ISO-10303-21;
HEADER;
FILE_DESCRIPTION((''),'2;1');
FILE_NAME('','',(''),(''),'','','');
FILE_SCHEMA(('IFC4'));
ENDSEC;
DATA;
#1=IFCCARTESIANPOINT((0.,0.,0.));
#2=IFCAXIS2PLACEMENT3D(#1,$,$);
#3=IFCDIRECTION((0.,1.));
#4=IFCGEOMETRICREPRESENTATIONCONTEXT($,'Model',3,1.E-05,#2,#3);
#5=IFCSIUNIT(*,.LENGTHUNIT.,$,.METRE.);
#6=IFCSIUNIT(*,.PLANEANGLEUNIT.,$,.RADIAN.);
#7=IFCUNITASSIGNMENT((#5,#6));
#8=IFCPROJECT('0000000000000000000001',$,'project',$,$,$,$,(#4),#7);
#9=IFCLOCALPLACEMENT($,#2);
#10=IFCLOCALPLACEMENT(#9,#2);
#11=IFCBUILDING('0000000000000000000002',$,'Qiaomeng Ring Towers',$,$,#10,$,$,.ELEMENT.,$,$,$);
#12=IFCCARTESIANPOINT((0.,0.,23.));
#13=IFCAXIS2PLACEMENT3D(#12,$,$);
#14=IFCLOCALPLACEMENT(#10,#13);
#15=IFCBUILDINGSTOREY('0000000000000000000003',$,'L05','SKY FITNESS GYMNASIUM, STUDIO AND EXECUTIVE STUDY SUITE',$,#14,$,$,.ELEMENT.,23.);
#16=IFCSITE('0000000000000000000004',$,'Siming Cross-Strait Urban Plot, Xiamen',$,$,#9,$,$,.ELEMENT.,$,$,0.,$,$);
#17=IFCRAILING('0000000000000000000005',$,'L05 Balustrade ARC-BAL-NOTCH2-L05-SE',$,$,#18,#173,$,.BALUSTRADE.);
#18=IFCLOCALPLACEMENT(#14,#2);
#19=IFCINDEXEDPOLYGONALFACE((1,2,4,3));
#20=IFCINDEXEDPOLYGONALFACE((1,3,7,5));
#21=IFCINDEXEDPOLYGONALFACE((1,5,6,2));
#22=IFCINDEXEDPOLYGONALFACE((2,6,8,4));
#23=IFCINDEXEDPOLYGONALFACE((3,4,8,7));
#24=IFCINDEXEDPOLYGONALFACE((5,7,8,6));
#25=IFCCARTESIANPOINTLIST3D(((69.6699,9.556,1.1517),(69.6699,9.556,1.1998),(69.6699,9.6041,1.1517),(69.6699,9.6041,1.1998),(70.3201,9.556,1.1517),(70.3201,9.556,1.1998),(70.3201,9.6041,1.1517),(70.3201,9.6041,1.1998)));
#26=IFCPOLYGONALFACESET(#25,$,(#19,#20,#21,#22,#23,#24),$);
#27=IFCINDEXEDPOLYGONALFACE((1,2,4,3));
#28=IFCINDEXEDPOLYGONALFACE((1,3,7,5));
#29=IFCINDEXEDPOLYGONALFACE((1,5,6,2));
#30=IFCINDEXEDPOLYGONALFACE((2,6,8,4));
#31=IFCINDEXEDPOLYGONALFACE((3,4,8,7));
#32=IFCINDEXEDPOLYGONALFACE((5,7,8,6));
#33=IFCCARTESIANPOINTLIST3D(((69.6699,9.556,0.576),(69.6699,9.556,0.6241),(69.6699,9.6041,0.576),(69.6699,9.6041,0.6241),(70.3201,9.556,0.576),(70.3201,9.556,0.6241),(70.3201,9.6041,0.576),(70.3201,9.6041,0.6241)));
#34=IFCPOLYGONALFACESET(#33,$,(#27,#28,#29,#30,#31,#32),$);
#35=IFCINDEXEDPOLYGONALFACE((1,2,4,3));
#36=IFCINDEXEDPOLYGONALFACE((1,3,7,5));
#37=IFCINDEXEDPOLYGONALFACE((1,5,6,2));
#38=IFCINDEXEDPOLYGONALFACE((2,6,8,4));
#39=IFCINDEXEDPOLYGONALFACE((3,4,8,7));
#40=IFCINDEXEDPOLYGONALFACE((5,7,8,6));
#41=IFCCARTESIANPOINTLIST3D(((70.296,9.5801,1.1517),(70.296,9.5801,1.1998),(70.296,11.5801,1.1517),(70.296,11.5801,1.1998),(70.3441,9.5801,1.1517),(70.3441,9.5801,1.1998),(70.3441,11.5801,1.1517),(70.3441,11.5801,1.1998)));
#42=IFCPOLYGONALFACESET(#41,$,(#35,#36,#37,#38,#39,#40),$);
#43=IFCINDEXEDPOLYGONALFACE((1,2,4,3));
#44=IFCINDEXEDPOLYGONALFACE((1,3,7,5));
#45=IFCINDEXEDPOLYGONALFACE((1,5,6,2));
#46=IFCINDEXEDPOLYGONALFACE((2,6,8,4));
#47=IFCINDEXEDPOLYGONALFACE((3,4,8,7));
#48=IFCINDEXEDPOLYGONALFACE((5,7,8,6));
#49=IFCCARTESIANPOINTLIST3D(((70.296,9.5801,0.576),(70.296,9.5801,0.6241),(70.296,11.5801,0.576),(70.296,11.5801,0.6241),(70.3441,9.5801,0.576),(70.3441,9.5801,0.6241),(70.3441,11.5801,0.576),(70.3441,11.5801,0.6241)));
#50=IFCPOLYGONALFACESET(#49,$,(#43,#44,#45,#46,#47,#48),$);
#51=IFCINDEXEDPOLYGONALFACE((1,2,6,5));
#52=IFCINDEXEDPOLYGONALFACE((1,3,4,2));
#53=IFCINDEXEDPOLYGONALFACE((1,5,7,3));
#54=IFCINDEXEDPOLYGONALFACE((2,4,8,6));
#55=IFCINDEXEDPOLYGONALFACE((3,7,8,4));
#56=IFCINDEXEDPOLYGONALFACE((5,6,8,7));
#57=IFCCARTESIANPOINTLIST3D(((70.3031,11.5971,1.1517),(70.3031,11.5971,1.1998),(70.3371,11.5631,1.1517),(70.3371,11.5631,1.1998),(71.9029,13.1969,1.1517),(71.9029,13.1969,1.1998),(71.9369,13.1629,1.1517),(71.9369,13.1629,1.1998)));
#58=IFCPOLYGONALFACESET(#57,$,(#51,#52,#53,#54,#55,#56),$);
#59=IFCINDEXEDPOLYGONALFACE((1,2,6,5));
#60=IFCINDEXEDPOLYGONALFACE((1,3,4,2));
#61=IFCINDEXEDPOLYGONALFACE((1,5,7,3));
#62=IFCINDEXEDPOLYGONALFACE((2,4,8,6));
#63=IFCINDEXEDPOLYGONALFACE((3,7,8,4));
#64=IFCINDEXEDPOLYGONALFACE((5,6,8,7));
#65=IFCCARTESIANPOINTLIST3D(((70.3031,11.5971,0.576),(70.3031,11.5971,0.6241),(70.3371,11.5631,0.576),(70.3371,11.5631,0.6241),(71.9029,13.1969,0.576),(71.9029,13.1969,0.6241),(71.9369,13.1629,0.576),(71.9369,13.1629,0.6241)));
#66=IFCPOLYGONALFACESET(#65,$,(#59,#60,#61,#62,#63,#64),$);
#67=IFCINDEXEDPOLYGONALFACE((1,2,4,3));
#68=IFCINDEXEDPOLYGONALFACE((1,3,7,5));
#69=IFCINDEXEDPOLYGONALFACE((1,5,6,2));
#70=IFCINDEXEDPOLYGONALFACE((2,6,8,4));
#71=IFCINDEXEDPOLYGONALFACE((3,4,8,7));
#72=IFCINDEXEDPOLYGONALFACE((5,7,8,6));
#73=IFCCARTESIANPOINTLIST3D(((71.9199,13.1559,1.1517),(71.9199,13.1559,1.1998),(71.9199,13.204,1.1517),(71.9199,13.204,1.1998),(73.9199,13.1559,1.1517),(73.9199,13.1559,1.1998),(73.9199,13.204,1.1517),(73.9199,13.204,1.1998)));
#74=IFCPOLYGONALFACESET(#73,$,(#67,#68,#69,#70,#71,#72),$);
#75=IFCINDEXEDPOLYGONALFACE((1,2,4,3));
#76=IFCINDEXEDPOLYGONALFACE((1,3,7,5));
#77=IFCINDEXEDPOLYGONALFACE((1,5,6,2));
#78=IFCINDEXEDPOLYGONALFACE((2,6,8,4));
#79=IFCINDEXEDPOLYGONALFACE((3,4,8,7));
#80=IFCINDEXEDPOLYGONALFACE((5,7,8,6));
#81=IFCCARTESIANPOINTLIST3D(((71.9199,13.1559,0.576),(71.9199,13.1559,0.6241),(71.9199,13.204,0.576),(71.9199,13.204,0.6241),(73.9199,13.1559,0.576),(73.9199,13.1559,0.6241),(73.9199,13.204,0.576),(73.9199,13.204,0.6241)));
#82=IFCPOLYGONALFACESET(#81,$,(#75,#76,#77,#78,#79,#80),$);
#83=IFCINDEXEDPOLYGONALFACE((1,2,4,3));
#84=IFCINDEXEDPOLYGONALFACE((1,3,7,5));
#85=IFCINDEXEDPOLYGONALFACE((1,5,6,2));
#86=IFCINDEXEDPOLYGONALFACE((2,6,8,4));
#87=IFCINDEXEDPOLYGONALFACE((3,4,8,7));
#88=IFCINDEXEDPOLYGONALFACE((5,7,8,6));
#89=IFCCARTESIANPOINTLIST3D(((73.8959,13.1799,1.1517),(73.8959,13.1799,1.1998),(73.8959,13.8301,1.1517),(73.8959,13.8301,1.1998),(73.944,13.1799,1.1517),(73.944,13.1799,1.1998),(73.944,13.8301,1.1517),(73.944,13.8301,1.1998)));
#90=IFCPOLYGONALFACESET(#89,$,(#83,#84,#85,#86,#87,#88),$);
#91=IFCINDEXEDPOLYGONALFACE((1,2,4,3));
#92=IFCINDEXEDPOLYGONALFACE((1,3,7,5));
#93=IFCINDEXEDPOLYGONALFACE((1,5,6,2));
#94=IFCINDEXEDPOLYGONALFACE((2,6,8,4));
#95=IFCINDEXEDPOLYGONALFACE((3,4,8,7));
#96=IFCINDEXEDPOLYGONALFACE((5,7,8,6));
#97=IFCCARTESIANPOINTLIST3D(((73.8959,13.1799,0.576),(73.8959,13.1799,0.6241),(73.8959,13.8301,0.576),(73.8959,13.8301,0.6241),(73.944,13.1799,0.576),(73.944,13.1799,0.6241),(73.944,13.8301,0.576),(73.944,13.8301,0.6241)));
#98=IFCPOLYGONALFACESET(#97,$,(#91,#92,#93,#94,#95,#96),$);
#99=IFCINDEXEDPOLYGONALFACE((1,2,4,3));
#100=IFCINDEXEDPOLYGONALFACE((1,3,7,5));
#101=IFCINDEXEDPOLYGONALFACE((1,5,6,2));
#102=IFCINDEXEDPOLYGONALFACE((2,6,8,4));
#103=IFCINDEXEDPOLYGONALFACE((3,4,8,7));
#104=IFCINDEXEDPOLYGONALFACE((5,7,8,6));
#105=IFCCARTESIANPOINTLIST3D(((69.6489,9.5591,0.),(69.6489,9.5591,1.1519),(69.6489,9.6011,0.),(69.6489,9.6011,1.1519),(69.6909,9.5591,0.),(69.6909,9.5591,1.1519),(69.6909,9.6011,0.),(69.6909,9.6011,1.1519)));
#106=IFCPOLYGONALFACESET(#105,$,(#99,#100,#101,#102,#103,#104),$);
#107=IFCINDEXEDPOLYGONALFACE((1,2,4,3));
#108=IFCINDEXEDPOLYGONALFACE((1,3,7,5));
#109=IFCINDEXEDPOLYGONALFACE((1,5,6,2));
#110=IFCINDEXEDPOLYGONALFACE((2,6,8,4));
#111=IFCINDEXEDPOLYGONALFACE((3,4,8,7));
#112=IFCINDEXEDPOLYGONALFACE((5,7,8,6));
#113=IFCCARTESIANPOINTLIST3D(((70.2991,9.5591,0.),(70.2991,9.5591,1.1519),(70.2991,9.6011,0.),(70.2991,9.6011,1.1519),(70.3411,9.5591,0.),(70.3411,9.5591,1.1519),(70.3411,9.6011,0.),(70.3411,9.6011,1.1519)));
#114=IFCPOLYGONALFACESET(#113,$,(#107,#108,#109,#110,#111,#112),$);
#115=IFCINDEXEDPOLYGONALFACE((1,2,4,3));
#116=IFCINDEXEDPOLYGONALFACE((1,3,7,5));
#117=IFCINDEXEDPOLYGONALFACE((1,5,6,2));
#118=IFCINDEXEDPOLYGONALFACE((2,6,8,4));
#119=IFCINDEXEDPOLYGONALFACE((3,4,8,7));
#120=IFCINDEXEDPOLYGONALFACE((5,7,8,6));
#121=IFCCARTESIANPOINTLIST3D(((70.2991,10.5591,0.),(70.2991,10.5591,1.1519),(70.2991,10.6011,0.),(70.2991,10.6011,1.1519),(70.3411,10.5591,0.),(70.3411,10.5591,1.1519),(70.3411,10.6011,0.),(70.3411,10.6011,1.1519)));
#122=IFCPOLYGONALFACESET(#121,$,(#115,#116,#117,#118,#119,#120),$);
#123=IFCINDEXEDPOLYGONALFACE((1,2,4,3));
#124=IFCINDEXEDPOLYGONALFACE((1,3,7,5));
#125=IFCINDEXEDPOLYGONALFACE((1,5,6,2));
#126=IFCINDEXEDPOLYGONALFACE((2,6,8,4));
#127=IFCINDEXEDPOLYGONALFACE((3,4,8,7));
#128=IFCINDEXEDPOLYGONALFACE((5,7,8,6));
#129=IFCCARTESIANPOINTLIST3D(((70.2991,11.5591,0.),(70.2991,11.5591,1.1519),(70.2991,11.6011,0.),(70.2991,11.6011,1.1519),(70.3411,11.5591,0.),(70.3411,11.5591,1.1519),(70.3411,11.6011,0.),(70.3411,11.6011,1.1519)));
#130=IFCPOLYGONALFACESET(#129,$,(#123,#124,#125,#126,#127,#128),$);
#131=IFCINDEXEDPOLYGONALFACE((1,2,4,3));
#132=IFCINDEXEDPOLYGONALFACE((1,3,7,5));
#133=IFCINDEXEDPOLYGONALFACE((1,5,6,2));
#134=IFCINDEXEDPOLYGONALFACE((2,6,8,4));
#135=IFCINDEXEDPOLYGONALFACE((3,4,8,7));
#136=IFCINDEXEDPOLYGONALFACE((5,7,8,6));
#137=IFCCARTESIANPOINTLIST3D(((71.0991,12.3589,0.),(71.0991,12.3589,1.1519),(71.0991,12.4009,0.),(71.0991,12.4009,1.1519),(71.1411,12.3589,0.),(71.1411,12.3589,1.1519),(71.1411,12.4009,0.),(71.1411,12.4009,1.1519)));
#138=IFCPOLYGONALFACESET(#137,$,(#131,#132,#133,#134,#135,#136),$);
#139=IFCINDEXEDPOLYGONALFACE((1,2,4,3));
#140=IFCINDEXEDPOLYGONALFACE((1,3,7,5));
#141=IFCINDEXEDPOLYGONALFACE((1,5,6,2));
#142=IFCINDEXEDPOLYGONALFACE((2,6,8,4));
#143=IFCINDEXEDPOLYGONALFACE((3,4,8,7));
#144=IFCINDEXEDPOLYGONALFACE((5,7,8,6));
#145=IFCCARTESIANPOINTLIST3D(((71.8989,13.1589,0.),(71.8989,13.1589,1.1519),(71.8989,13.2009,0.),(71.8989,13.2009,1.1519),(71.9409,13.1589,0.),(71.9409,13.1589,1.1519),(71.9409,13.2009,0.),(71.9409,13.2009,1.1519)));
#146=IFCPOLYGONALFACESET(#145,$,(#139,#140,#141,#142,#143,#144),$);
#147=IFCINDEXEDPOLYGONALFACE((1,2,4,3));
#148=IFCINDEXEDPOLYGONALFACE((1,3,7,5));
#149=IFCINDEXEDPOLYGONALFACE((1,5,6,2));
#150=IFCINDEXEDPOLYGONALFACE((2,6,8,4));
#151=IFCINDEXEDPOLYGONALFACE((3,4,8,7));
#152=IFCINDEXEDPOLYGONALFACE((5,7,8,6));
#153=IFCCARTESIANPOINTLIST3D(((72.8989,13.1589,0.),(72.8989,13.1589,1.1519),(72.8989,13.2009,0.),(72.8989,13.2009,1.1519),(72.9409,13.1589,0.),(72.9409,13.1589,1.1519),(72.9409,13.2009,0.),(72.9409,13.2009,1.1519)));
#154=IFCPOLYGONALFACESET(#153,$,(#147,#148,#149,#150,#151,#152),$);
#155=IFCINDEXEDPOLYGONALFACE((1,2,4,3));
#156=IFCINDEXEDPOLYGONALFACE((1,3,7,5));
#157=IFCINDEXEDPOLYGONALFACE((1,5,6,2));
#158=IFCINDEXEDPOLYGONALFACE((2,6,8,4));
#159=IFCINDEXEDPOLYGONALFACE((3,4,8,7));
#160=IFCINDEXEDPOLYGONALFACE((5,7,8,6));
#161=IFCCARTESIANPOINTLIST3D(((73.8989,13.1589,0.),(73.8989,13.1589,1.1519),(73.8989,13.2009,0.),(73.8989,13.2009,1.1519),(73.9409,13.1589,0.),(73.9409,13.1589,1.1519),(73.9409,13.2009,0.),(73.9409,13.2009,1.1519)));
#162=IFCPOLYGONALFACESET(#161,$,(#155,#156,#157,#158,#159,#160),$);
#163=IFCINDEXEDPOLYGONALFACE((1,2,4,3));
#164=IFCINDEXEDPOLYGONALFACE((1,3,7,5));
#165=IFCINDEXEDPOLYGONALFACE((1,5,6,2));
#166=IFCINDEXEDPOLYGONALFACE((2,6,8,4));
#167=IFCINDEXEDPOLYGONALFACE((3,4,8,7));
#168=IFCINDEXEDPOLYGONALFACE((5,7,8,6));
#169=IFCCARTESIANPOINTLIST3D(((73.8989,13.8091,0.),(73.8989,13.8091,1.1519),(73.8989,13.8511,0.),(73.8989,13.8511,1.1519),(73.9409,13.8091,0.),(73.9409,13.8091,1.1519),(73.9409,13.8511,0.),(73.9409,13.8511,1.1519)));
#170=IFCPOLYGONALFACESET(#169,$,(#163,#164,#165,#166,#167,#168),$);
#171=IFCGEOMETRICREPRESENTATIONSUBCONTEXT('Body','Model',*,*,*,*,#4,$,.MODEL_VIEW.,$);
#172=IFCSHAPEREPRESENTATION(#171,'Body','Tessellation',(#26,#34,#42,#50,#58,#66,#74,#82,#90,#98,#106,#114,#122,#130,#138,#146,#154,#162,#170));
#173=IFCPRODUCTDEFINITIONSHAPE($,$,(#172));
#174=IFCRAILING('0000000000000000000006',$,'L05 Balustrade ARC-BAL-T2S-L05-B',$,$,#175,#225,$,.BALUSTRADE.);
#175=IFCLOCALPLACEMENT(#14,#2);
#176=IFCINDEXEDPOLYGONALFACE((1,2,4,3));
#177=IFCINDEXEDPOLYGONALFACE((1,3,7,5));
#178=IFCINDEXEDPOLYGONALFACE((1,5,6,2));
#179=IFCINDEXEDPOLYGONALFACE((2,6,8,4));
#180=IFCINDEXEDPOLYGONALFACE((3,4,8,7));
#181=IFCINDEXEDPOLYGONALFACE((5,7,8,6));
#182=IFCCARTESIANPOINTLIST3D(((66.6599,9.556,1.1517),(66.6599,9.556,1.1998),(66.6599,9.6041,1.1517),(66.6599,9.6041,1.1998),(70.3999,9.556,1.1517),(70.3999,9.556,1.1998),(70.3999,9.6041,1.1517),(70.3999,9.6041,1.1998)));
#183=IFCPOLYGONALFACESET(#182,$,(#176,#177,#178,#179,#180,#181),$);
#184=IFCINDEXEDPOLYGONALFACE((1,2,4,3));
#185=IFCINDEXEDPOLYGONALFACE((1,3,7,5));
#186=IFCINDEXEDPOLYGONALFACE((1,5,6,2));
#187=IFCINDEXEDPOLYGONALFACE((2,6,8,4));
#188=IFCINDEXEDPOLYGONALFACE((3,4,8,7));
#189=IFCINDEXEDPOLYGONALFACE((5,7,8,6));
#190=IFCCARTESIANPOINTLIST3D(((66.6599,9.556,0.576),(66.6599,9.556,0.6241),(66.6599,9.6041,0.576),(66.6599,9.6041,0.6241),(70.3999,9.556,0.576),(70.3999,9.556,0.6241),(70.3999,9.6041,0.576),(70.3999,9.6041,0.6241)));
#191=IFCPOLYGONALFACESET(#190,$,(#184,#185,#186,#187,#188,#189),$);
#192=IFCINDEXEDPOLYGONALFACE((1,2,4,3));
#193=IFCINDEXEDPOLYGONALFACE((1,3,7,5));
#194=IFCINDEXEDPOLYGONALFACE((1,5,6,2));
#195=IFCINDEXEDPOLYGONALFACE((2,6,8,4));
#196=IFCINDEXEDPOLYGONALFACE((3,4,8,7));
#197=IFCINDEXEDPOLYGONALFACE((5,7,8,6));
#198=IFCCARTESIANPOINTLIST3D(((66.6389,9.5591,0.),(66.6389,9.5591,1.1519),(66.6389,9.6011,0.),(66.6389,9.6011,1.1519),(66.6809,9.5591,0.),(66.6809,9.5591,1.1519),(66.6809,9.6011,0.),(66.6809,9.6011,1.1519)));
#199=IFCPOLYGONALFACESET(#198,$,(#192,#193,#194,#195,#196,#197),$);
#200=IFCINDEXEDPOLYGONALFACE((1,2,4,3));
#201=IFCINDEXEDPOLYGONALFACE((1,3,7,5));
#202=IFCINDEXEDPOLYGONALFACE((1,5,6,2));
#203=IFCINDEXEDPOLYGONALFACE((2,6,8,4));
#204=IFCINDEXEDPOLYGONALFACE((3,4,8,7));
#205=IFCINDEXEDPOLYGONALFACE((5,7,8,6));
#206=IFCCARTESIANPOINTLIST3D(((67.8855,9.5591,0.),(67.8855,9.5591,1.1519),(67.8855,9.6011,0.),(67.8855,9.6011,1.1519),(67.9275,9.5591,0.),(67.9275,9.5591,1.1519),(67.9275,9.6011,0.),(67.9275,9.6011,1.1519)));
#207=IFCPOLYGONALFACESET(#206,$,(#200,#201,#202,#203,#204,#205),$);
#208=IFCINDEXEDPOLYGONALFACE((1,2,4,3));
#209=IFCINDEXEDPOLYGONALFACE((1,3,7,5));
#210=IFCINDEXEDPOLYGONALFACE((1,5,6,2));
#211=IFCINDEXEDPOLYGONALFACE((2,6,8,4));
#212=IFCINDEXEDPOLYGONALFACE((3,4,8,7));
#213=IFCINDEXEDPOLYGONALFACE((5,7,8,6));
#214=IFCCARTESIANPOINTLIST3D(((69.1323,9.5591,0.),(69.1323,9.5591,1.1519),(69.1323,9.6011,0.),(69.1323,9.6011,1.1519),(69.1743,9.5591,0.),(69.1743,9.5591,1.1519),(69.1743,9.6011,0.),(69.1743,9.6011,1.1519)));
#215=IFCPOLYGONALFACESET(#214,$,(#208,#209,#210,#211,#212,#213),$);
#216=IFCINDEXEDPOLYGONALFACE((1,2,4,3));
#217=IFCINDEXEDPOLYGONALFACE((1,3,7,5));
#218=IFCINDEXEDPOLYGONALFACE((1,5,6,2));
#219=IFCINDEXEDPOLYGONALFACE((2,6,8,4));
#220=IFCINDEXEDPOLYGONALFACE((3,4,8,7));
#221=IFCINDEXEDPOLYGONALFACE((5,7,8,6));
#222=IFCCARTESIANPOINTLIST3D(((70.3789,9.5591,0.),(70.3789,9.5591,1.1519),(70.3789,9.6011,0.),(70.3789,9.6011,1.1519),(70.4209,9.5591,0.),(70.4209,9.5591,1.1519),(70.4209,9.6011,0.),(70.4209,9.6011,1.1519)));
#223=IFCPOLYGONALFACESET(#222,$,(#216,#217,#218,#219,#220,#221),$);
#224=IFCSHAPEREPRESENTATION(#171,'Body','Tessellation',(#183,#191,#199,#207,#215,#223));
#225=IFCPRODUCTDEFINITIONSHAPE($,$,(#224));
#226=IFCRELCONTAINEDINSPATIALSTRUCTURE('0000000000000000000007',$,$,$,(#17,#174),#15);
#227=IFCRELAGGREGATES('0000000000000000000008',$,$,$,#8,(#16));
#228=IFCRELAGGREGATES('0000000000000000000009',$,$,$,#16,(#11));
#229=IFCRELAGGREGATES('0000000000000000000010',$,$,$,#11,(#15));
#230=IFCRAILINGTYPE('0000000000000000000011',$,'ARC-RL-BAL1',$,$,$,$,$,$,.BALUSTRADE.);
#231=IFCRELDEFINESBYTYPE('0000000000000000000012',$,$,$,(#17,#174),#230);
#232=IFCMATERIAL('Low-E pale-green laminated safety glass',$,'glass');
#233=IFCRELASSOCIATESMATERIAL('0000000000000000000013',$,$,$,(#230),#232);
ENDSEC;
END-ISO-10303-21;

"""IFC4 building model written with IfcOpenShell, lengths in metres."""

from ifc_helpers import new_model, si_unit, direction, frame, origin, origin_2d, place, context, subcontext, project, spatial, rectangle, extrude, material, type_object, element, save


model = new_model("IFC4")

# Units and contexts
model_context = context("Model", 3, precision=1e-05, world=origin(), true_north=direction((0.0, 1.0)))
body_context = subcontext(model_context, "Body", "Model", "MODEL_VIEW")
ifc_project = project(units=[si_unit("LENGTHUNIT", "METRE"), si_unit("PLANEANGLEUNIT", "RADIAN")], contexts=[model_context])

# Site, building, storey
site_placement = place(None, origin())
site = spatial("IfcSite", under=ifc_project, at=site_placement, Name="Siming Cross-Strait Urban Plot, Xiamen", CompositionType="ELEMENT", RefElevation=0.0)
building_placement = place(site_placement, origin())
building = spatial("IfcBuilding", under=site, at=building_placement, Name="Qiaomeng Ring Towers", CompositionType="ELEMENT")
storey_placement = place(building_placement, frame((0.0, 0.0, 23.0)))
storey = spatial("IfcBuildingStorey", under=building, at=storey_placement, Name="L05", Description="SKY FITNESS GYMNASIUM, STUDIO AND EXECUTIVE STUDY SUITE", CompositionType="ELEMENT", Elevation=23.0)

# Railings
ifc_material_1 = material(Name="Low-E pale-green laminated safety glass", Category="glass")
railing_type = type_object("IfcRailingType", Name="ARC-RL-BAL1", PredefinedType="BALUSTRADE", material=ifc_material_1)
railing_1_placement = place(storey_placement, frame((69.6699, 9.5801, 0.0)))
element("IfcRailing", 1, at=railing_1_placement, inside=storey, type_object=railing_type, Name="L05 Balustrade ARC-BAL-NOTCH2-L05-SE", PredefinedType="BALUSTRADE", context=body_context, shape_type="SweptSolid", body=[
    extrude(rectangle(XDim=0.0481, YDim=0.0481, at=origin_2d()), frame((0.0, 0.0, 1.1758), z_axis=(1.0, 0.0, 0.0), x_axis=(0.0, 1.0, 0.0)), (0.0, 0.0, 1.0), 0.6501),
    extrude(rectangle(XDim=0.0481, YDim=0.0481, at=origin_2d()), frame((0.0, 0.0, 0.6001), z_axis=(1.0, 0.0, 0.0), x_axis=(0.0, 1.0, 0.0)), (0.0, 0.0, 1.0), 0.6501),
    extrude(rectangle(XDim=0.0481, YDim=0.0481, at=origin_2d()), frame((0.6501, 0.0, 1.1758), z_axis=(0.0, 1.0, 0.0), x_axis=(-1.0, 0.0, 0.0)), (0.0, 0.0, 1.0), 2.0),
    extrude(rectangle(XDim=0.0481, YDim=0.0481, at=origin_2d()), frame((0.6501, 0.0, 0.6001), z_axis=(0.0, 1.0, 0.0), x_axis=(-1.0, 0.0, 0.0)), (0.0, 0.0, 1.0), 2.0),
    extrude(rectangle(XDim=0.0481, YDim=0.0481, at=origin_2d()), frame((0.6501, 2.0, 1.1758), z_axis=(0.707107, 0.707107, 0.0), x_axis=(-0.707107, 0.707107, 0.0)), (0.0, 0.0, 1.0), 2.2625),
    extrude(rectangle(XDim=0.0481, YDim=0.0481, at=origin_2d()), frame((0.6501, 2.0, 0.6001), z_axis=(0.707107, 0.707107, 0.0), x_axis=(-0.707107, 0.707107, 0.0)), (0.0, 0.0, 1.0), 2.2625),
    extrude(rectangle(XDim=0.0481, YDim=0.0481, at=origin_2d()), frame((2.25, 3.5999, 1.1758), z_axis=(1.0, 0.0, 0.0), x_axis=(0.0, 1.0, 0.0)), (0.0, 0.0, 1.0), 2.0),
    extrude(rectangle(XDim=0.0481, YDim=0.0481, at=origin_2d()), frame((2.25, 3.5999, 0.6001), z_axis=(1.0, 0.0, 0.0), x_axis=(0.0, 1.0, 0.0)), (0.0, 0.0, 1.0), 2.0),
    extrude(rectangle(XDim=0.0481, YDim=0.0481, at=origin_2d()), frame((4.25, 3.5999, 1.1758), z_axis=(0.0, 1.0, 0.0), x_axis=(-1.0, 0.0, 0.0)), (0.0, 0.0, 1.0), 0.6501),
    extrude(rectangle(XDim=0.0481, YDim=0.0481, at=origin_2d()), frame((4.25, 3.5999, 0.6001), z_axis=(0.0, 1.0, 0.0), x_axis=(-1.0, 0.0, 0.0)), (0.0, 0.0, 1.0), 0.6501),
    extrude(rectangle(XDim=0.042, YDim=0.042, at=origin_2d()), origin(), (0.0, 0.0, 1.0), 1.1519),
    extrude(rectangle(XDim=0.042, YDim=0.042, at=origin_2d()), frame((0.6501, 0.0, 0.0)), (0.0, 0.0, 1.0), 1.1519),
    extrude(rectangle(XDim=0.042, YDim=0.042, at=origin_2d()), frame((0.6501, 1.0, 0.0)), (0.0, 0.0, 1.0), 1.1519),
    extrude(rectangle(XDim=0.042, YDim=0.042, at=origin_2d()), frame((0.6501, 2.0, 0.0)), (0.0, 0.0, 1.0), 1.1519),
    extrude(rectangle(XDim=0.042, YDim=0.042, at=origin_2d()), frame((1.4502, 2.7998, 0.0)), (0.0, 0.0, 1.0), 1.1519),
    extrude(rectangle(XDim=0.042, YDim=0.042, at=origin_2d()), frame((2.25, 3.5999, 0.0)), (0.0, 0.0, 1.0), 1.1519),
    extrude(rectangle(XDim=0.042, YDim=0.042, at=origin_2d()), frame((3.25, 3.5999, 0.0)), (0.0, 0.0, 1.0), 1.1519),
    extrude(rectangle(XDim=0.042, YDim=0.042, at=origin_2d()), frame((4.25, 3.5999, 0.0)), (0.0, 0.0, 1.0), 1.1519),
    extrude(rectangle(XDim=0.042, YDim=0.042, at=origin_2d()), frame((4.25, 4.25, 0.0)), (0.0, 0.0, 1.0), 1.1519),
])
railing_2_placement = place(storey_placement, frame((66.6599, 9.5801, 0.0)))
element("IfcRailing", 2, at=railing_2_placement, inside=storey, type_object=railing_type, Name="L05 Balustrade ARC-BAL-T2S-L05-B", PredefinedType="BALUSTRADE", context=body_context, shape_type="SweptSolid", body=[
    extrude(rectangle(XDim=0.0481, YDim=0.0481, at=origin_2d()), frame((0.0, 0.0, 1.1758), z_axis=(1.0, 0.0, 0.0), x_axis=(0.0, 1.0, 0.0)), (0.0, 0.0, 1.0), 3.74),
    extrude(rectangle(XDim=0.0481, YDim=0.0481, at=origin_2d()), frame((0.0, 0.0, 0.6001), z_axis=(1.0, 0.0, 0.0), x_axis=(0.0, 1.0, 0.0)), (0.0, 0.0, 1.0), 3.74),
    extrude(rectangle(XDim=0.042, YDim=0.042, at=origin_2d()), origin(), (0.0, 0.0, 1.0), 1.1519),
    extrude(rectangle(XDim=0.042, YDim=0.042, at=origin_2d()), frame((1.2466, 0.0, 0.0)), (0.0, 0.0, 1.0), 1.1519),
    extrude(rectangle(XDim=0.042, YDim=0.042, at=origin_2d()), frame((2.4934, 0.0, 0.0)), (0.0, 0.0, 1.0), 1.1519),
    extrude(rectangle(XDim=0.042, YDim=0.042, at=origin_2d()), frame((3.74, 0.0, 0.0)), (0.0, 0.0, 1.0), 1.1519),
])

save(model, "model.ifc")
